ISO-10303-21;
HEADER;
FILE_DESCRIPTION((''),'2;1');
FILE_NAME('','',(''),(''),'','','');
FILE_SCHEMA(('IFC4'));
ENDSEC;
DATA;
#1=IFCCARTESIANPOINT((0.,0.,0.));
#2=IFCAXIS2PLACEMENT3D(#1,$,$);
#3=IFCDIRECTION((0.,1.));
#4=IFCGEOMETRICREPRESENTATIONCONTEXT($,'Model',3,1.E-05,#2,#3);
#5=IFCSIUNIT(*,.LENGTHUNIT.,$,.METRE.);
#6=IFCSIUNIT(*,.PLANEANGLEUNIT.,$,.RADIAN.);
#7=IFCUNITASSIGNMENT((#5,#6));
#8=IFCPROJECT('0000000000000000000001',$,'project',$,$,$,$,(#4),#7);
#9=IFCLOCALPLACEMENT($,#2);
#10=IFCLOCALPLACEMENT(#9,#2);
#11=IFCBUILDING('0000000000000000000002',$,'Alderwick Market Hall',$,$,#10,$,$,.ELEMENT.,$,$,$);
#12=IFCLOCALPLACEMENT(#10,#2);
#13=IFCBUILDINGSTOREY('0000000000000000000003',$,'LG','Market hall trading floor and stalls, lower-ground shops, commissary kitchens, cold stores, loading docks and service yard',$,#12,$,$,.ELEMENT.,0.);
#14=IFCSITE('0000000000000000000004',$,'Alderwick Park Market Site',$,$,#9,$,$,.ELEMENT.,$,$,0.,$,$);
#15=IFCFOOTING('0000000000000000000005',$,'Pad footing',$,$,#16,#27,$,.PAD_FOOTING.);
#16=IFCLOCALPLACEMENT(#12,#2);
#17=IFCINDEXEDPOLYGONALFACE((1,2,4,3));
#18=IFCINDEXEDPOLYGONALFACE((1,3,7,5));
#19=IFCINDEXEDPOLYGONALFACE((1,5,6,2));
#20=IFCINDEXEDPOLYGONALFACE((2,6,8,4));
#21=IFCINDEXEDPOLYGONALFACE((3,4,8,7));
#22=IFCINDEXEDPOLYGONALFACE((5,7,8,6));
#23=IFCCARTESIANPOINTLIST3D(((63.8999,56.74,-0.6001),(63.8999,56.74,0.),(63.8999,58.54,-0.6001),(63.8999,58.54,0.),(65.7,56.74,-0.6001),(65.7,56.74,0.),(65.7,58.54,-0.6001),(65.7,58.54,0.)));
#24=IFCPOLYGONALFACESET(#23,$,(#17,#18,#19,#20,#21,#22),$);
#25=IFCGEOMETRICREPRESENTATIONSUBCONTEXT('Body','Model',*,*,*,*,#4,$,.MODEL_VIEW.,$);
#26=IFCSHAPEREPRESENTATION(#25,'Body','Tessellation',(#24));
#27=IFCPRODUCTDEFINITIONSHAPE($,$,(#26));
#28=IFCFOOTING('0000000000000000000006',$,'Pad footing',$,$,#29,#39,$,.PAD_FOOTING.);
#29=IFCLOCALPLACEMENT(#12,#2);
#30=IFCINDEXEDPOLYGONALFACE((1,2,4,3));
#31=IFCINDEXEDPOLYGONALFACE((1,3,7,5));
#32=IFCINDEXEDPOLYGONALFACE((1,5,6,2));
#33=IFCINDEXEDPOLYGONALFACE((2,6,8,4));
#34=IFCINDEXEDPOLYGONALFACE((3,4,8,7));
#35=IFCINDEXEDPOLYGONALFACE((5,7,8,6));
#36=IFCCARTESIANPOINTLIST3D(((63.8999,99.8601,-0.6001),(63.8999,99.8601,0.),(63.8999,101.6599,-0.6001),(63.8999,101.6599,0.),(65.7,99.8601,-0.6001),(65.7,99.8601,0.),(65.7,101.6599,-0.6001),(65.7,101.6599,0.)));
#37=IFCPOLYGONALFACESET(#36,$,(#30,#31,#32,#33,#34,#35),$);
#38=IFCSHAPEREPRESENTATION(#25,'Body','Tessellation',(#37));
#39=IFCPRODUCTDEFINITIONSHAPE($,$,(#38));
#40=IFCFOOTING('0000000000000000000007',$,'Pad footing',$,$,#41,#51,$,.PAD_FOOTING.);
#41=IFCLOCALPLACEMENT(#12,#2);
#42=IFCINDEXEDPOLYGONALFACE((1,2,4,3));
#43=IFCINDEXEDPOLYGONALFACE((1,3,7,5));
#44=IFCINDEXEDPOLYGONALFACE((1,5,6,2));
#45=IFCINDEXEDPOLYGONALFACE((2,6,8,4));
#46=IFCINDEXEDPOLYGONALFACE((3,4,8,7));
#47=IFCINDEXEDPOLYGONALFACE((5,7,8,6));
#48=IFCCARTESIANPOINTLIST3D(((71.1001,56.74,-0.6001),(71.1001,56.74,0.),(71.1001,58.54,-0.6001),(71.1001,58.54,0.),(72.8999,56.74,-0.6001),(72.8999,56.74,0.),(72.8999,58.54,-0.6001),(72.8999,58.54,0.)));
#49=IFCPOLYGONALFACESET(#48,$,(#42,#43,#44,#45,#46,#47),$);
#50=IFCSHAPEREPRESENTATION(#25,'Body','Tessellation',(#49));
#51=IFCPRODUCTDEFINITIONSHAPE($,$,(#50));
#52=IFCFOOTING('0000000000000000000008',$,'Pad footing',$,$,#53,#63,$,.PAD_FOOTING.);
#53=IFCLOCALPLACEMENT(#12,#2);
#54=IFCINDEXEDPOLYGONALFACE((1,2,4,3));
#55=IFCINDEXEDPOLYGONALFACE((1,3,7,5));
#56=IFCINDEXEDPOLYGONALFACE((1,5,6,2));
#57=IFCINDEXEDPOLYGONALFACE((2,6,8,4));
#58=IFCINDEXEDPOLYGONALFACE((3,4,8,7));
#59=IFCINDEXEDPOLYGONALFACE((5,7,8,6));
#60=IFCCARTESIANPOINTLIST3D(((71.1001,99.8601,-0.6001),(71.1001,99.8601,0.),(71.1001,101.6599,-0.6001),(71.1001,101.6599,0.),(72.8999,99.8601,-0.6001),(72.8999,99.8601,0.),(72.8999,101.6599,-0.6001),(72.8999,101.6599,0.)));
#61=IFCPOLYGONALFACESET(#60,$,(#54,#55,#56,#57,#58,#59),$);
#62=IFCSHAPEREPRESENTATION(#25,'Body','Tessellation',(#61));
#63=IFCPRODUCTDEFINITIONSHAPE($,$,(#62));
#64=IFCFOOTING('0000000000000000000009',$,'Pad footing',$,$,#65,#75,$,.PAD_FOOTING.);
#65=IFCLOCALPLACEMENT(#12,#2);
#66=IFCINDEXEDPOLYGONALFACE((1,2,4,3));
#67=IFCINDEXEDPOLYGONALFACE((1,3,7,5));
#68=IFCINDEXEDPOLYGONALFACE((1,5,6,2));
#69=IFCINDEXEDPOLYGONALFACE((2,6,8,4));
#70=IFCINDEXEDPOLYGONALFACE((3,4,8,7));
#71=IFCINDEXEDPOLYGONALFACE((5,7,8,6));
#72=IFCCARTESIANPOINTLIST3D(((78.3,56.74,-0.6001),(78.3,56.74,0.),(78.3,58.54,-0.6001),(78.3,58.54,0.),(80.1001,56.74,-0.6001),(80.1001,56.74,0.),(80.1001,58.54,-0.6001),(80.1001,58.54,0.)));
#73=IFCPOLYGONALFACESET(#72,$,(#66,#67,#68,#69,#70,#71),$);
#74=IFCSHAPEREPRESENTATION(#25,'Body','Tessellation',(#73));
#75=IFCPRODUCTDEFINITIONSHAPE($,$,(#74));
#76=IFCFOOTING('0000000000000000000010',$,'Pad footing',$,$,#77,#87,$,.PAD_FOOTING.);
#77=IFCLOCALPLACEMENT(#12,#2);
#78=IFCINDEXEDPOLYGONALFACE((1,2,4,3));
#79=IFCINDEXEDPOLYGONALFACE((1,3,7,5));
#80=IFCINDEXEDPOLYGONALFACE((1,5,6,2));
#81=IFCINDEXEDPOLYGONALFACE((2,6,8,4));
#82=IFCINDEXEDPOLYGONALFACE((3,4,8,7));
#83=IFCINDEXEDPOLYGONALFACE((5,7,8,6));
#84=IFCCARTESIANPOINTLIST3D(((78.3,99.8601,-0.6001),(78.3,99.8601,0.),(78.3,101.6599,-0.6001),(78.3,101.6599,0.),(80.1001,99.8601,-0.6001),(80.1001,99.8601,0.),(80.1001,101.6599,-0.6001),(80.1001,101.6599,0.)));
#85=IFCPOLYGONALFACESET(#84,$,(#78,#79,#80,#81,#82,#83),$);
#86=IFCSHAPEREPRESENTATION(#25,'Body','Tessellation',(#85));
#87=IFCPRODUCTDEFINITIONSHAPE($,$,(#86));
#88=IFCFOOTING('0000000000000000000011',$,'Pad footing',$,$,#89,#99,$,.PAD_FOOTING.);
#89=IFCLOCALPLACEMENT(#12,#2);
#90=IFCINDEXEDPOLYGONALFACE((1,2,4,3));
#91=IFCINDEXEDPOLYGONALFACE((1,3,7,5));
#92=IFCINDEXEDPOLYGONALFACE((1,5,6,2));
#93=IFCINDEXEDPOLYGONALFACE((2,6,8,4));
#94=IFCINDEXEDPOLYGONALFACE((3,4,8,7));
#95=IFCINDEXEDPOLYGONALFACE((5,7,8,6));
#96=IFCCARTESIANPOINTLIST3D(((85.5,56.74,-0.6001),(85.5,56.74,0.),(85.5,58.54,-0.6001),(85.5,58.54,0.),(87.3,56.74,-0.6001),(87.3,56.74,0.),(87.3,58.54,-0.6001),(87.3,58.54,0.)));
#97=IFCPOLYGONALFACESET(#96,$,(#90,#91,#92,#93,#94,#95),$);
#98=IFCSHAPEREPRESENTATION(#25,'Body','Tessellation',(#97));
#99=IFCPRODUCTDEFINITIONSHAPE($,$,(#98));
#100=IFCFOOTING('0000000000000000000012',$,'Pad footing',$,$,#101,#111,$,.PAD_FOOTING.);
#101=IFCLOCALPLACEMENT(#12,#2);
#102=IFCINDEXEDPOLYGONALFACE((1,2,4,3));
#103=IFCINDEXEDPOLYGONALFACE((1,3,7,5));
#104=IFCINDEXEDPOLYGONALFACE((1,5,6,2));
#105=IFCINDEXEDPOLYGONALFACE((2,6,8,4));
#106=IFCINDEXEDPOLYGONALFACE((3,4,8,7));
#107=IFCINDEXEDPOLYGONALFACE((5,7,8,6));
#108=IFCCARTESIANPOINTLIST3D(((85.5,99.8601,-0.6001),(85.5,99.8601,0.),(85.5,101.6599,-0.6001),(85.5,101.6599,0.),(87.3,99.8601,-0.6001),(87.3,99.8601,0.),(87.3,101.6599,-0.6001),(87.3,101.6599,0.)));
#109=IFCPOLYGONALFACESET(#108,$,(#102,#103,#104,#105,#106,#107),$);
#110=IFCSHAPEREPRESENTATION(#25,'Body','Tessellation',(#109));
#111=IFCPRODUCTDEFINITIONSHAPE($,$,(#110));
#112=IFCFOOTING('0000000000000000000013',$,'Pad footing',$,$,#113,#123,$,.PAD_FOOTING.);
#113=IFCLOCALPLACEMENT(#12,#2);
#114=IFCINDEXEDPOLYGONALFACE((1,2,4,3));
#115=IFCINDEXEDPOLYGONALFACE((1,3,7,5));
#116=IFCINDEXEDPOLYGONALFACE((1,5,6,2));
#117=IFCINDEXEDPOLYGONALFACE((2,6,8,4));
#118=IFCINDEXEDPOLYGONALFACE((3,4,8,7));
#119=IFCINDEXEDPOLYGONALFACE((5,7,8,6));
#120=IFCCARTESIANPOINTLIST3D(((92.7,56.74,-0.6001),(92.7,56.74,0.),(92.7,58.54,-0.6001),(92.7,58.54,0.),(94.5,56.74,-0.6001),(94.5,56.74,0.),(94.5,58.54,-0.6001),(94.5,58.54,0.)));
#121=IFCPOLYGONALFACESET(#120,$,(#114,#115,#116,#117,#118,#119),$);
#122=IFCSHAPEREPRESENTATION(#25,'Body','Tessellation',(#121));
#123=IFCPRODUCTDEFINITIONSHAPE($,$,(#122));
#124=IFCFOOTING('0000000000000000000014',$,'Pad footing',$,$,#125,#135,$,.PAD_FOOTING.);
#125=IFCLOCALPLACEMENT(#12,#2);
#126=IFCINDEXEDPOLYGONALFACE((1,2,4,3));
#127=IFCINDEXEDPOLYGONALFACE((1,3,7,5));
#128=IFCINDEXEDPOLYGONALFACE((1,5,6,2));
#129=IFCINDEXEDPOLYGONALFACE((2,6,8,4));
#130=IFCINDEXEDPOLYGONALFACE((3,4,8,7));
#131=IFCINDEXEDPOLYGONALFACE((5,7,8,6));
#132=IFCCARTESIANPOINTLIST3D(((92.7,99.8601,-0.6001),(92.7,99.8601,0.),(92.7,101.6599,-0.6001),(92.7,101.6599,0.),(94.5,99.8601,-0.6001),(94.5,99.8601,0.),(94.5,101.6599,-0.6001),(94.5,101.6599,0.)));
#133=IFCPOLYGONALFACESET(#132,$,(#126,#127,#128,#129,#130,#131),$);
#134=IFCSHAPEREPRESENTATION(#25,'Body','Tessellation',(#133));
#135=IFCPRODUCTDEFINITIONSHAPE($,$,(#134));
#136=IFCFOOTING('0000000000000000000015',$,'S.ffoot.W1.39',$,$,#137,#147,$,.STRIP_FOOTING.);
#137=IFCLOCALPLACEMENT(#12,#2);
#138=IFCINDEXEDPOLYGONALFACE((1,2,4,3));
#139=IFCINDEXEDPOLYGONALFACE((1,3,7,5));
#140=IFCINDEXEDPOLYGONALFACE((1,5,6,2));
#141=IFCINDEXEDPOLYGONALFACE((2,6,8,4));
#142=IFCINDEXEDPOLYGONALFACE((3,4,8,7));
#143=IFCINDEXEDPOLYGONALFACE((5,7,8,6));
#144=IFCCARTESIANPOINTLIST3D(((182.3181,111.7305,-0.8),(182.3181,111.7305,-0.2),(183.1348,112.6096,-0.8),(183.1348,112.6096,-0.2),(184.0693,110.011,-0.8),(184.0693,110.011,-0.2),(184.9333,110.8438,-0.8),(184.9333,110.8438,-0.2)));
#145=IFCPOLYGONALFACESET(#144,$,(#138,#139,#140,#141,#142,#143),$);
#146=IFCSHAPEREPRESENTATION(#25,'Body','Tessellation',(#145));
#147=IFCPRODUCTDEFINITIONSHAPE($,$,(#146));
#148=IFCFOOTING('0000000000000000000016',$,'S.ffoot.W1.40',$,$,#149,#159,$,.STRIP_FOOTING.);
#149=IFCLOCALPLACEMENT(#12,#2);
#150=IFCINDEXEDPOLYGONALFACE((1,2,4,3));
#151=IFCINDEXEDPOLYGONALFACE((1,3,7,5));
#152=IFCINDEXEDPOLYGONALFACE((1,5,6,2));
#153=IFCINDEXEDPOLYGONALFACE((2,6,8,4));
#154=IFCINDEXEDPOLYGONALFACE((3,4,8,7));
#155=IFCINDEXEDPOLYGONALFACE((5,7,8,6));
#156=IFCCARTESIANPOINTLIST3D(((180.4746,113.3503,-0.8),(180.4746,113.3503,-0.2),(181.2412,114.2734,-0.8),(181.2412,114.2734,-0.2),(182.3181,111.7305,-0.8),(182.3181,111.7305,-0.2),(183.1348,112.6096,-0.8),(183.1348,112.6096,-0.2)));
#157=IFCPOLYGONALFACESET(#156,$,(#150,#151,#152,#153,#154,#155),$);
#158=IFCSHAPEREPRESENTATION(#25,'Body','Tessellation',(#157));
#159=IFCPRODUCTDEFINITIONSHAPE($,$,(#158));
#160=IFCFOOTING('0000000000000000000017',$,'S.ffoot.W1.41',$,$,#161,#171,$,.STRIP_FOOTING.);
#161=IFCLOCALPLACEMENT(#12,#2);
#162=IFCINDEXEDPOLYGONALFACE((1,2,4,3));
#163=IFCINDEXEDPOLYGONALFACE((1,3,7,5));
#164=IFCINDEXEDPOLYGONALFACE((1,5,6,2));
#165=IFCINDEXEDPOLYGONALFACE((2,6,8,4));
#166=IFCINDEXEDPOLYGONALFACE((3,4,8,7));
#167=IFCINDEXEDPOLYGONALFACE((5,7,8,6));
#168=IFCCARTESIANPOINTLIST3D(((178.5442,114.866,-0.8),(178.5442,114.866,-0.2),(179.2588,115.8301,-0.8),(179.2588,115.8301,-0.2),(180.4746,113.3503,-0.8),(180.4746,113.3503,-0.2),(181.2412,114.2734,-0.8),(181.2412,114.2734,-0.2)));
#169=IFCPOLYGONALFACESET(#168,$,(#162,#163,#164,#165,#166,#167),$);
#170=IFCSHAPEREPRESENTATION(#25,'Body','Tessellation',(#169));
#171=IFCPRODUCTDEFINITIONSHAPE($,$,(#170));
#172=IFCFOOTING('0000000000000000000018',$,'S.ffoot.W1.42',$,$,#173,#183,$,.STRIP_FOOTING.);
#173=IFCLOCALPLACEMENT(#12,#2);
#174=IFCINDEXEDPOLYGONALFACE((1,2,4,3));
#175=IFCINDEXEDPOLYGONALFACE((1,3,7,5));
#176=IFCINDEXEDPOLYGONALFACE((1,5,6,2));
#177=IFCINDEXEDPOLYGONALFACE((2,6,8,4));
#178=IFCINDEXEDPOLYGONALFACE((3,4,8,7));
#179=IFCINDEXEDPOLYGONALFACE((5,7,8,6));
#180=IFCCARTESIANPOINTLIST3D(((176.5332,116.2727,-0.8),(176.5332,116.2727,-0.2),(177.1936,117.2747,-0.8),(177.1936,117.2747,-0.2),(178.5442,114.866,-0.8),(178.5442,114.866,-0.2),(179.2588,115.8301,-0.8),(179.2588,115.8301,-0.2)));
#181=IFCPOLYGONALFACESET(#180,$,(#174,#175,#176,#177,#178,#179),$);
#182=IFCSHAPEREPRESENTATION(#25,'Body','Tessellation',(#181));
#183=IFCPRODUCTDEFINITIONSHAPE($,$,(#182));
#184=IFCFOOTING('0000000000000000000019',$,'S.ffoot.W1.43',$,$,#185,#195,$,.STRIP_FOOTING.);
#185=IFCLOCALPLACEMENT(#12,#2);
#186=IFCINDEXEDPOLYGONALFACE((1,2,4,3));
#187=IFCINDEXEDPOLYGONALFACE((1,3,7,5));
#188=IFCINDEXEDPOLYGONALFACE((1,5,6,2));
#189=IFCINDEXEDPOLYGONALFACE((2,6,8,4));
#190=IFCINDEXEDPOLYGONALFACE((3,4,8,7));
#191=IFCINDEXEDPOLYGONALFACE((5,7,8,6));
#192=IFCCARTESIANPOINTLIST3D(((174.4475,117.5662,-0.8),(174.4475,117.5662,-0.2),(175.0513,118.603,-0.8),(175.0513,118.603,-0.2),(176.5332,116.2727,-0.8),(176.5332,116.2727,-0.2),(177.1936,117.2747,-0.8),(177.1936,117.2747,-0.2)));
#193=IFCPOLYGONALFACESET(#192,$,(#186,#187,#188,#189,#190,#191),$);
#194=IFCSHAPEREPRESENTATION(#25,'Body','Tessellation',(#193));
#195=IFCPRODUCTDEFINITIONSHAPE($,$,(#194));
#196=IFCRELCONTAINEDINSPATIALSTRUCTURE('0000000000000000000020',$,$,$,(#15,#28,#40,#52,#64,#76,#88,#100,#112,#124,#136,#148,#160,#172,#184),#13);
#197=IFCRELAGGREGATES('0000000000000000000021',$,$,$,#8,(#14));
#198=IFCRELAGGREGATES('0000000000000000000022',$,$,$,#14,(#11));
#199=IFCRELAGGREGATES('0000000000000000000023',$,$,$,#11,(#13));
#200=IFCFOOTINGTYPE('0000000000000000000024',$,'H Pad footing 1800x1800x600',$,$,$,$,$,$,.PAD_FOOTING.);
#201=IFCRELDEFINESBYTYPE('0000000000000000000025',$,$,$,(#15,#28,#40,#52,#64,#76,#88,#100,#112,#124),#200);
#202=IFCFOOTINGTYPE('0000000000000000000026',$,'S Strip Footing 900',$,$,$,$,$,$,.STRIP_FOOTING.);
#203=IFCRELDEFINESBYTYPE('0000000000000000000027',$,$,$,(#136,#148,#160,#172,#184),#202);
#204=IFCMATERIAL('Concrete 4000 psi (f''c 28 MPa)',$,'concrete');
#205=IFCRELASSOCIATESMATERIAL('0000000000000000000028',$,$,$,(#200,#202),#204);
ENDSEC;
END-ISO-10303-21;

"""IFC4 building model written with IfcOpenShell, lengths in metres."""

from ifc_helpers import new_model, si_unit, direction, frame, origin, place, context, subcontext, project, spatial, polyline, outline, extrude, material, type_object, element, save


model = new_model("IFC4")

# Units and contexts
model_context = context("Model", 3, precision=1e-05, world=origin(), true_north=direction((0.0, 1.0)))
body_context = subcontext(model_context, "Body", "Model", "MODEL_VIEW")
ifc_project = project(units=[si_unit("LENGTHUNIT", "METRE"), si_unit("PLANEANGLEUNIT", "RADIAN")], contexts=[model_context])

# Site, building, storey
site_placement = place(None, origin())
site = spatial("IfcSite", under=ifc_project, at=site_placement, Name="Alderwick Park Market Site", CompositionType="ELEMENT", RefElevation=0.0)
building_placement = place(site_placement, origin())
building = spatial("IfcBuilding", under=site, at=building_placement, Name="Alderwick Market Hall", CompositionType="ELEMENT")
storey_placement = place(building_placement, origin())
storey = spatial("IfcBuildingStorey", under=building, at=storey_placement, Name="LG", Description="Market hall trading floor and stalls, lower-ground shops, commissary kitchens, cold stores, loading docks and service yard", CompositionType="ELEMENT", Elevation=0.0)

# Footings
ifc_material = material(Name="Concrete 4000 psi (f'c 28 MPa)", Category="concrete")
footing_type_1 = type_object("IfcFootingType", Name="H Pad footing 1800x1800x600", PredefinedType="PAD_FOOTING", material=ifc_material)
footing_1_placement = place(storey_placement, frame((0.0, 0.0, -0.6001)))
element("IfcFooting", 1, at=footing_1_placement, inside=storey, type_object=footing_type_1, Name="Pad footing", PredefinedType="PAD_FOOTING", context=body_context, shape_type="SweptSolid", body=[
    extrude(outline(polyline([(63.8999, 56.74), (63.8999, 58.54), (65.7, 58.54), (65.7, 56.74), (63.8999, 56.74)])), origin(), (0.0, 0.0, 1.0), 0.6001),
])
footing_2_placement = place(storey_placement, frame((0.0, 0.0, -0.6001)))
element("IfcFooting", 2, at=footing_2_placement, inside=storey, type_object=footing_type_1, Name="Pad footing", PredefinedType="PAD_FOOTING", context=body_context, shape_type="SweptSolid", body=[
    extrude(outline(polyline([(63.8999, 99.8601), (63.8999, 101.6599), (65.7, 101.6599), (65.7, 99.8601), (63.8999, 99.8601)])), origin(), (0.0, 0.0, 1.0), 0.6001),
])
footing_3_placement = place(storey_placement, frame((0.0, 0.0, -0.6001)))
element("IfcFooting", 3, at=footing_3_placement, inside=storey, type_object=footing_type_1, Name="Pad footing", PredefinedType="PAD_FOOTING", context=body_context, shape_type="SweptSolid", body=[
    extrude(outline(polyline([(71.1001, 56.74), (71.1001, 58.54), (72.8999, 58.54), (72.8999, 56.74), (71.1001, 56.74)])), origin(), (0.0, 0.0, 1.0), 0.6001),
])
footing_4_placement = place(storey_placement, frame((0.0, 0.0, -0.6001)))
element("IfcFooting", 4, at=footing_4_placement, inside=storey, type_object=footing_type_1, Name="Pad footing", PredefinedType="PAD_FOOTING", context=body_context, shape_type="SweptSolid", body=[
    extrude(outline(polyline([(71.1001, 99.8601), (71.1001, 101.6599), (72.8999, 101.6599), (72.8999, 99.8601), (71.1001, 99.8601)])), origin(), (0.0, 0.0, 1.0), 0.6001),
])
footing_5_placement = place(storey_placement, frame((0.0, 0.0, -0.6001)))
element("IfcFooting", 5, at=footing_5_placement, inside=storey, type_object=footing_type_1, Name="Pad footing", PredefinedType="PAD_FOOTING", context=body_context, shape_type="SweptSolid", body=[
    extrude(outline(polyline([(78.3, 56.74), (78.3, 58.54), (80.1001, 58.54), (80.1001, 56.74), (78.3, 56.74)])), origin(), (0.0, 0.0, 1.0), 0.6001),
])
footing_6_placement = place(storey_placement, frame((0.0, 0.0, -0.6001)))
element("IfcFooting", 6, at=footing_6_placement, inside=storey, type_object=footing_type_1, Name="Pad footing", PredefinedType="PAD_FOOTING", context=body_context, shape_type="SweptSolid", body=[
    extrude(outline(polyline([(78.3, 99.8601), (78.3, 101.6599), (80.1001, 101.6599), (80.1001, 99.8601), (78.3, 99.8601)])), origin(), (0.0, 0.0, 1.0), 0.6001),
])
footing_7_placement = place(storey_placement, frame((0.0, 0.0, -0.6001)))
element("IfcFooting", 7, at=footing_7_placement, inside=storey, type_object=footing_type_1, Name="Pad footing", PredefinedType="PAD_FOOTING", context=body_context, shape_type="SweptSolid", body=[
    extrude(outline(polyline([(85.5, 56.74), (85.5, 58.54), (87.3, 58.54), (87.3, 56.74), (85.5, 56.74)])), origin(), (0.0, 0.0, 1.0), 0.6001),
])
footing_8_placement = place(storey_placement, frame((0.0, 0.0, -0.6001)))
element("IfcFooting", 8, at=footing_8_placement, inside=storey, type_object=footing_type_1, Name="Pad footing", PredefinedType="PAD_FOOTING", context=body_context, shape_type="SweptSolid", body=[
    extrude(outline(polyline([(85.5, 99.8601), (85.5, 101.6599), (87.3, 101.6599), (87.3, 99.8601), (85.5, 99.8601)])), origin(), (0.0, 0.0, 1.0), 0.6001),
])
footing_9_placement = place(storey_placement, frame((0.0, 0.0, -0.6001)))
element("IfcFooting", 9, at=footing_9_placement, inside=storey, type_object=footing_type_1, Name="Pad footing", PredefinedType="PAD_FOOTING", context=body_context, shape_type="SweptSolid", body=[
    extrude(outline(polyline([(92.7, 56.74), (92.7, 58.54), (94.5, 58.54), (94.5, 56.74), (92.7, 56.74)])), origin(), (0.0, 0.0, 1.0), 0.6001),
])
footing_10_placement = place(storey_placement, frame((0.0, 0.0, -0.6001)))
element("IfcFooting", 10, at=footing_10_placement, inside=storey, type_object=footing_type_1, Name="Pad footing", PredefinedType="PAD_FOOTING", context=body_context, shape_type="SweptSolid", body=[
    extrude(outline(polyline([(92.7, 99.8601), (92.7, 101.6599), (94.5, 101.6599), (94.5, 99.8601), (92.7, 99.8601)])), origin(), (0.0, 0.0, 1.0), 0.6001),
])
footing_type_2 = type_object("IfcFootingType", Name="S Strip Footing 900", PredefinedType="STRIP_FOOTING", material=ifc_material)
footing_11_placement = place(storey_placement, frame((0.0, 0.0, -0.8)))
element("IfcFooting", 11, at=footing_11_placement, inside=storey, type_object=footing_type_2, Name="S.ffoot.W1.39", PredefinedType="STRIP_FOOTING", context=body_context, shape_type="SweptSolid", body=[
    extrude(outline(polyline([(184.9333, 110.8438), (183.1348, 112.6096), (182.3181, 111.7305), (184.0693, 110.011), (184.9333, 110.8438)])), origin(), (0.0, 0.0, 1.0), 0.6001),
])
footing_12_placement = place(storey_placement, frame((0.0, 0.0, -0.8)))
element("IfcFooting", 12, at=footing_12_placement, inside=storey, type_object=footing_type_2, Name="S.ffoot.W1.40", PredefinedType="STRIP_FOOTING", context=body_context, shape_type="SweptSolid", body=[
    extrude(outline(polyline([(183.1348, 112.6096), (181.2412, 114.2734), (180.4746, 113.3503), (182.3181, 111.7305), (183.1348, 112.6096)])), origin(), (0.0, 0.0, 1.0), 0.6001),
])
footing_13_placement = place(storey_placement, frame((0.0, 0.0, -0.8)))
element("IfcFooting", 13, at=footing_13_placement, inside=storey, type_object=footing_type_2, Name="S.ffoot.W1.41", PredefinedType="STRIP_FOOTING", context=body_context, shape_type="SweptSolid", body=[
    extrude(outline(polyline([(181.2412, 114.2734), (179.2588, 115.8301), (178.5442, 114.866), (180.4746, 113.3503), (181.2412, 114.2734)])), origin(), (0.0, 0.0, 1.0), 0.6001),
])
footing_14_placement = place(storey_placement, frame((0.0, 0.0, -0.8)))
element("IfcFooting", 14, at=footing_14_placement, inside=storey, type_object=footing_type_2, Name="S.ffoot.W1.42", PredefinedType="STRIP_FOOTING", context=body_context, shape_type="SweptSolid", body=[
    extrude(outline(polyline([(179.2588, 115.8301), (177.1936, 117.2747), (176.5332, 116.2727), (178.5442, 114.866), (179.2588, 115.8301)])), origin(), (0.0, 0.0, 1.0), 0.6001),
])
footing_15_placement = place(storey_placement, frame((0.0, 0.0, -0.8)))
element("IfcFooting", 15, at=footing_15_placement, inside=storey, type_object=footing_type_2, Name="S.ffoot.W1.43", PredefinedType="STRIP_FOOTING", context=body_context, shape_type="SweptSolid", body=[
    extrude(outline(polyline([(177.1936, 117.2747), (175.0513, 118.603), (174.4475, 117.5662), (176.5332, 116.2727), (177.1936, 117.2747)])), origin(), (0.0, 0.0, 1.0), 0.6001),
])

save(model, "model.ifc")
